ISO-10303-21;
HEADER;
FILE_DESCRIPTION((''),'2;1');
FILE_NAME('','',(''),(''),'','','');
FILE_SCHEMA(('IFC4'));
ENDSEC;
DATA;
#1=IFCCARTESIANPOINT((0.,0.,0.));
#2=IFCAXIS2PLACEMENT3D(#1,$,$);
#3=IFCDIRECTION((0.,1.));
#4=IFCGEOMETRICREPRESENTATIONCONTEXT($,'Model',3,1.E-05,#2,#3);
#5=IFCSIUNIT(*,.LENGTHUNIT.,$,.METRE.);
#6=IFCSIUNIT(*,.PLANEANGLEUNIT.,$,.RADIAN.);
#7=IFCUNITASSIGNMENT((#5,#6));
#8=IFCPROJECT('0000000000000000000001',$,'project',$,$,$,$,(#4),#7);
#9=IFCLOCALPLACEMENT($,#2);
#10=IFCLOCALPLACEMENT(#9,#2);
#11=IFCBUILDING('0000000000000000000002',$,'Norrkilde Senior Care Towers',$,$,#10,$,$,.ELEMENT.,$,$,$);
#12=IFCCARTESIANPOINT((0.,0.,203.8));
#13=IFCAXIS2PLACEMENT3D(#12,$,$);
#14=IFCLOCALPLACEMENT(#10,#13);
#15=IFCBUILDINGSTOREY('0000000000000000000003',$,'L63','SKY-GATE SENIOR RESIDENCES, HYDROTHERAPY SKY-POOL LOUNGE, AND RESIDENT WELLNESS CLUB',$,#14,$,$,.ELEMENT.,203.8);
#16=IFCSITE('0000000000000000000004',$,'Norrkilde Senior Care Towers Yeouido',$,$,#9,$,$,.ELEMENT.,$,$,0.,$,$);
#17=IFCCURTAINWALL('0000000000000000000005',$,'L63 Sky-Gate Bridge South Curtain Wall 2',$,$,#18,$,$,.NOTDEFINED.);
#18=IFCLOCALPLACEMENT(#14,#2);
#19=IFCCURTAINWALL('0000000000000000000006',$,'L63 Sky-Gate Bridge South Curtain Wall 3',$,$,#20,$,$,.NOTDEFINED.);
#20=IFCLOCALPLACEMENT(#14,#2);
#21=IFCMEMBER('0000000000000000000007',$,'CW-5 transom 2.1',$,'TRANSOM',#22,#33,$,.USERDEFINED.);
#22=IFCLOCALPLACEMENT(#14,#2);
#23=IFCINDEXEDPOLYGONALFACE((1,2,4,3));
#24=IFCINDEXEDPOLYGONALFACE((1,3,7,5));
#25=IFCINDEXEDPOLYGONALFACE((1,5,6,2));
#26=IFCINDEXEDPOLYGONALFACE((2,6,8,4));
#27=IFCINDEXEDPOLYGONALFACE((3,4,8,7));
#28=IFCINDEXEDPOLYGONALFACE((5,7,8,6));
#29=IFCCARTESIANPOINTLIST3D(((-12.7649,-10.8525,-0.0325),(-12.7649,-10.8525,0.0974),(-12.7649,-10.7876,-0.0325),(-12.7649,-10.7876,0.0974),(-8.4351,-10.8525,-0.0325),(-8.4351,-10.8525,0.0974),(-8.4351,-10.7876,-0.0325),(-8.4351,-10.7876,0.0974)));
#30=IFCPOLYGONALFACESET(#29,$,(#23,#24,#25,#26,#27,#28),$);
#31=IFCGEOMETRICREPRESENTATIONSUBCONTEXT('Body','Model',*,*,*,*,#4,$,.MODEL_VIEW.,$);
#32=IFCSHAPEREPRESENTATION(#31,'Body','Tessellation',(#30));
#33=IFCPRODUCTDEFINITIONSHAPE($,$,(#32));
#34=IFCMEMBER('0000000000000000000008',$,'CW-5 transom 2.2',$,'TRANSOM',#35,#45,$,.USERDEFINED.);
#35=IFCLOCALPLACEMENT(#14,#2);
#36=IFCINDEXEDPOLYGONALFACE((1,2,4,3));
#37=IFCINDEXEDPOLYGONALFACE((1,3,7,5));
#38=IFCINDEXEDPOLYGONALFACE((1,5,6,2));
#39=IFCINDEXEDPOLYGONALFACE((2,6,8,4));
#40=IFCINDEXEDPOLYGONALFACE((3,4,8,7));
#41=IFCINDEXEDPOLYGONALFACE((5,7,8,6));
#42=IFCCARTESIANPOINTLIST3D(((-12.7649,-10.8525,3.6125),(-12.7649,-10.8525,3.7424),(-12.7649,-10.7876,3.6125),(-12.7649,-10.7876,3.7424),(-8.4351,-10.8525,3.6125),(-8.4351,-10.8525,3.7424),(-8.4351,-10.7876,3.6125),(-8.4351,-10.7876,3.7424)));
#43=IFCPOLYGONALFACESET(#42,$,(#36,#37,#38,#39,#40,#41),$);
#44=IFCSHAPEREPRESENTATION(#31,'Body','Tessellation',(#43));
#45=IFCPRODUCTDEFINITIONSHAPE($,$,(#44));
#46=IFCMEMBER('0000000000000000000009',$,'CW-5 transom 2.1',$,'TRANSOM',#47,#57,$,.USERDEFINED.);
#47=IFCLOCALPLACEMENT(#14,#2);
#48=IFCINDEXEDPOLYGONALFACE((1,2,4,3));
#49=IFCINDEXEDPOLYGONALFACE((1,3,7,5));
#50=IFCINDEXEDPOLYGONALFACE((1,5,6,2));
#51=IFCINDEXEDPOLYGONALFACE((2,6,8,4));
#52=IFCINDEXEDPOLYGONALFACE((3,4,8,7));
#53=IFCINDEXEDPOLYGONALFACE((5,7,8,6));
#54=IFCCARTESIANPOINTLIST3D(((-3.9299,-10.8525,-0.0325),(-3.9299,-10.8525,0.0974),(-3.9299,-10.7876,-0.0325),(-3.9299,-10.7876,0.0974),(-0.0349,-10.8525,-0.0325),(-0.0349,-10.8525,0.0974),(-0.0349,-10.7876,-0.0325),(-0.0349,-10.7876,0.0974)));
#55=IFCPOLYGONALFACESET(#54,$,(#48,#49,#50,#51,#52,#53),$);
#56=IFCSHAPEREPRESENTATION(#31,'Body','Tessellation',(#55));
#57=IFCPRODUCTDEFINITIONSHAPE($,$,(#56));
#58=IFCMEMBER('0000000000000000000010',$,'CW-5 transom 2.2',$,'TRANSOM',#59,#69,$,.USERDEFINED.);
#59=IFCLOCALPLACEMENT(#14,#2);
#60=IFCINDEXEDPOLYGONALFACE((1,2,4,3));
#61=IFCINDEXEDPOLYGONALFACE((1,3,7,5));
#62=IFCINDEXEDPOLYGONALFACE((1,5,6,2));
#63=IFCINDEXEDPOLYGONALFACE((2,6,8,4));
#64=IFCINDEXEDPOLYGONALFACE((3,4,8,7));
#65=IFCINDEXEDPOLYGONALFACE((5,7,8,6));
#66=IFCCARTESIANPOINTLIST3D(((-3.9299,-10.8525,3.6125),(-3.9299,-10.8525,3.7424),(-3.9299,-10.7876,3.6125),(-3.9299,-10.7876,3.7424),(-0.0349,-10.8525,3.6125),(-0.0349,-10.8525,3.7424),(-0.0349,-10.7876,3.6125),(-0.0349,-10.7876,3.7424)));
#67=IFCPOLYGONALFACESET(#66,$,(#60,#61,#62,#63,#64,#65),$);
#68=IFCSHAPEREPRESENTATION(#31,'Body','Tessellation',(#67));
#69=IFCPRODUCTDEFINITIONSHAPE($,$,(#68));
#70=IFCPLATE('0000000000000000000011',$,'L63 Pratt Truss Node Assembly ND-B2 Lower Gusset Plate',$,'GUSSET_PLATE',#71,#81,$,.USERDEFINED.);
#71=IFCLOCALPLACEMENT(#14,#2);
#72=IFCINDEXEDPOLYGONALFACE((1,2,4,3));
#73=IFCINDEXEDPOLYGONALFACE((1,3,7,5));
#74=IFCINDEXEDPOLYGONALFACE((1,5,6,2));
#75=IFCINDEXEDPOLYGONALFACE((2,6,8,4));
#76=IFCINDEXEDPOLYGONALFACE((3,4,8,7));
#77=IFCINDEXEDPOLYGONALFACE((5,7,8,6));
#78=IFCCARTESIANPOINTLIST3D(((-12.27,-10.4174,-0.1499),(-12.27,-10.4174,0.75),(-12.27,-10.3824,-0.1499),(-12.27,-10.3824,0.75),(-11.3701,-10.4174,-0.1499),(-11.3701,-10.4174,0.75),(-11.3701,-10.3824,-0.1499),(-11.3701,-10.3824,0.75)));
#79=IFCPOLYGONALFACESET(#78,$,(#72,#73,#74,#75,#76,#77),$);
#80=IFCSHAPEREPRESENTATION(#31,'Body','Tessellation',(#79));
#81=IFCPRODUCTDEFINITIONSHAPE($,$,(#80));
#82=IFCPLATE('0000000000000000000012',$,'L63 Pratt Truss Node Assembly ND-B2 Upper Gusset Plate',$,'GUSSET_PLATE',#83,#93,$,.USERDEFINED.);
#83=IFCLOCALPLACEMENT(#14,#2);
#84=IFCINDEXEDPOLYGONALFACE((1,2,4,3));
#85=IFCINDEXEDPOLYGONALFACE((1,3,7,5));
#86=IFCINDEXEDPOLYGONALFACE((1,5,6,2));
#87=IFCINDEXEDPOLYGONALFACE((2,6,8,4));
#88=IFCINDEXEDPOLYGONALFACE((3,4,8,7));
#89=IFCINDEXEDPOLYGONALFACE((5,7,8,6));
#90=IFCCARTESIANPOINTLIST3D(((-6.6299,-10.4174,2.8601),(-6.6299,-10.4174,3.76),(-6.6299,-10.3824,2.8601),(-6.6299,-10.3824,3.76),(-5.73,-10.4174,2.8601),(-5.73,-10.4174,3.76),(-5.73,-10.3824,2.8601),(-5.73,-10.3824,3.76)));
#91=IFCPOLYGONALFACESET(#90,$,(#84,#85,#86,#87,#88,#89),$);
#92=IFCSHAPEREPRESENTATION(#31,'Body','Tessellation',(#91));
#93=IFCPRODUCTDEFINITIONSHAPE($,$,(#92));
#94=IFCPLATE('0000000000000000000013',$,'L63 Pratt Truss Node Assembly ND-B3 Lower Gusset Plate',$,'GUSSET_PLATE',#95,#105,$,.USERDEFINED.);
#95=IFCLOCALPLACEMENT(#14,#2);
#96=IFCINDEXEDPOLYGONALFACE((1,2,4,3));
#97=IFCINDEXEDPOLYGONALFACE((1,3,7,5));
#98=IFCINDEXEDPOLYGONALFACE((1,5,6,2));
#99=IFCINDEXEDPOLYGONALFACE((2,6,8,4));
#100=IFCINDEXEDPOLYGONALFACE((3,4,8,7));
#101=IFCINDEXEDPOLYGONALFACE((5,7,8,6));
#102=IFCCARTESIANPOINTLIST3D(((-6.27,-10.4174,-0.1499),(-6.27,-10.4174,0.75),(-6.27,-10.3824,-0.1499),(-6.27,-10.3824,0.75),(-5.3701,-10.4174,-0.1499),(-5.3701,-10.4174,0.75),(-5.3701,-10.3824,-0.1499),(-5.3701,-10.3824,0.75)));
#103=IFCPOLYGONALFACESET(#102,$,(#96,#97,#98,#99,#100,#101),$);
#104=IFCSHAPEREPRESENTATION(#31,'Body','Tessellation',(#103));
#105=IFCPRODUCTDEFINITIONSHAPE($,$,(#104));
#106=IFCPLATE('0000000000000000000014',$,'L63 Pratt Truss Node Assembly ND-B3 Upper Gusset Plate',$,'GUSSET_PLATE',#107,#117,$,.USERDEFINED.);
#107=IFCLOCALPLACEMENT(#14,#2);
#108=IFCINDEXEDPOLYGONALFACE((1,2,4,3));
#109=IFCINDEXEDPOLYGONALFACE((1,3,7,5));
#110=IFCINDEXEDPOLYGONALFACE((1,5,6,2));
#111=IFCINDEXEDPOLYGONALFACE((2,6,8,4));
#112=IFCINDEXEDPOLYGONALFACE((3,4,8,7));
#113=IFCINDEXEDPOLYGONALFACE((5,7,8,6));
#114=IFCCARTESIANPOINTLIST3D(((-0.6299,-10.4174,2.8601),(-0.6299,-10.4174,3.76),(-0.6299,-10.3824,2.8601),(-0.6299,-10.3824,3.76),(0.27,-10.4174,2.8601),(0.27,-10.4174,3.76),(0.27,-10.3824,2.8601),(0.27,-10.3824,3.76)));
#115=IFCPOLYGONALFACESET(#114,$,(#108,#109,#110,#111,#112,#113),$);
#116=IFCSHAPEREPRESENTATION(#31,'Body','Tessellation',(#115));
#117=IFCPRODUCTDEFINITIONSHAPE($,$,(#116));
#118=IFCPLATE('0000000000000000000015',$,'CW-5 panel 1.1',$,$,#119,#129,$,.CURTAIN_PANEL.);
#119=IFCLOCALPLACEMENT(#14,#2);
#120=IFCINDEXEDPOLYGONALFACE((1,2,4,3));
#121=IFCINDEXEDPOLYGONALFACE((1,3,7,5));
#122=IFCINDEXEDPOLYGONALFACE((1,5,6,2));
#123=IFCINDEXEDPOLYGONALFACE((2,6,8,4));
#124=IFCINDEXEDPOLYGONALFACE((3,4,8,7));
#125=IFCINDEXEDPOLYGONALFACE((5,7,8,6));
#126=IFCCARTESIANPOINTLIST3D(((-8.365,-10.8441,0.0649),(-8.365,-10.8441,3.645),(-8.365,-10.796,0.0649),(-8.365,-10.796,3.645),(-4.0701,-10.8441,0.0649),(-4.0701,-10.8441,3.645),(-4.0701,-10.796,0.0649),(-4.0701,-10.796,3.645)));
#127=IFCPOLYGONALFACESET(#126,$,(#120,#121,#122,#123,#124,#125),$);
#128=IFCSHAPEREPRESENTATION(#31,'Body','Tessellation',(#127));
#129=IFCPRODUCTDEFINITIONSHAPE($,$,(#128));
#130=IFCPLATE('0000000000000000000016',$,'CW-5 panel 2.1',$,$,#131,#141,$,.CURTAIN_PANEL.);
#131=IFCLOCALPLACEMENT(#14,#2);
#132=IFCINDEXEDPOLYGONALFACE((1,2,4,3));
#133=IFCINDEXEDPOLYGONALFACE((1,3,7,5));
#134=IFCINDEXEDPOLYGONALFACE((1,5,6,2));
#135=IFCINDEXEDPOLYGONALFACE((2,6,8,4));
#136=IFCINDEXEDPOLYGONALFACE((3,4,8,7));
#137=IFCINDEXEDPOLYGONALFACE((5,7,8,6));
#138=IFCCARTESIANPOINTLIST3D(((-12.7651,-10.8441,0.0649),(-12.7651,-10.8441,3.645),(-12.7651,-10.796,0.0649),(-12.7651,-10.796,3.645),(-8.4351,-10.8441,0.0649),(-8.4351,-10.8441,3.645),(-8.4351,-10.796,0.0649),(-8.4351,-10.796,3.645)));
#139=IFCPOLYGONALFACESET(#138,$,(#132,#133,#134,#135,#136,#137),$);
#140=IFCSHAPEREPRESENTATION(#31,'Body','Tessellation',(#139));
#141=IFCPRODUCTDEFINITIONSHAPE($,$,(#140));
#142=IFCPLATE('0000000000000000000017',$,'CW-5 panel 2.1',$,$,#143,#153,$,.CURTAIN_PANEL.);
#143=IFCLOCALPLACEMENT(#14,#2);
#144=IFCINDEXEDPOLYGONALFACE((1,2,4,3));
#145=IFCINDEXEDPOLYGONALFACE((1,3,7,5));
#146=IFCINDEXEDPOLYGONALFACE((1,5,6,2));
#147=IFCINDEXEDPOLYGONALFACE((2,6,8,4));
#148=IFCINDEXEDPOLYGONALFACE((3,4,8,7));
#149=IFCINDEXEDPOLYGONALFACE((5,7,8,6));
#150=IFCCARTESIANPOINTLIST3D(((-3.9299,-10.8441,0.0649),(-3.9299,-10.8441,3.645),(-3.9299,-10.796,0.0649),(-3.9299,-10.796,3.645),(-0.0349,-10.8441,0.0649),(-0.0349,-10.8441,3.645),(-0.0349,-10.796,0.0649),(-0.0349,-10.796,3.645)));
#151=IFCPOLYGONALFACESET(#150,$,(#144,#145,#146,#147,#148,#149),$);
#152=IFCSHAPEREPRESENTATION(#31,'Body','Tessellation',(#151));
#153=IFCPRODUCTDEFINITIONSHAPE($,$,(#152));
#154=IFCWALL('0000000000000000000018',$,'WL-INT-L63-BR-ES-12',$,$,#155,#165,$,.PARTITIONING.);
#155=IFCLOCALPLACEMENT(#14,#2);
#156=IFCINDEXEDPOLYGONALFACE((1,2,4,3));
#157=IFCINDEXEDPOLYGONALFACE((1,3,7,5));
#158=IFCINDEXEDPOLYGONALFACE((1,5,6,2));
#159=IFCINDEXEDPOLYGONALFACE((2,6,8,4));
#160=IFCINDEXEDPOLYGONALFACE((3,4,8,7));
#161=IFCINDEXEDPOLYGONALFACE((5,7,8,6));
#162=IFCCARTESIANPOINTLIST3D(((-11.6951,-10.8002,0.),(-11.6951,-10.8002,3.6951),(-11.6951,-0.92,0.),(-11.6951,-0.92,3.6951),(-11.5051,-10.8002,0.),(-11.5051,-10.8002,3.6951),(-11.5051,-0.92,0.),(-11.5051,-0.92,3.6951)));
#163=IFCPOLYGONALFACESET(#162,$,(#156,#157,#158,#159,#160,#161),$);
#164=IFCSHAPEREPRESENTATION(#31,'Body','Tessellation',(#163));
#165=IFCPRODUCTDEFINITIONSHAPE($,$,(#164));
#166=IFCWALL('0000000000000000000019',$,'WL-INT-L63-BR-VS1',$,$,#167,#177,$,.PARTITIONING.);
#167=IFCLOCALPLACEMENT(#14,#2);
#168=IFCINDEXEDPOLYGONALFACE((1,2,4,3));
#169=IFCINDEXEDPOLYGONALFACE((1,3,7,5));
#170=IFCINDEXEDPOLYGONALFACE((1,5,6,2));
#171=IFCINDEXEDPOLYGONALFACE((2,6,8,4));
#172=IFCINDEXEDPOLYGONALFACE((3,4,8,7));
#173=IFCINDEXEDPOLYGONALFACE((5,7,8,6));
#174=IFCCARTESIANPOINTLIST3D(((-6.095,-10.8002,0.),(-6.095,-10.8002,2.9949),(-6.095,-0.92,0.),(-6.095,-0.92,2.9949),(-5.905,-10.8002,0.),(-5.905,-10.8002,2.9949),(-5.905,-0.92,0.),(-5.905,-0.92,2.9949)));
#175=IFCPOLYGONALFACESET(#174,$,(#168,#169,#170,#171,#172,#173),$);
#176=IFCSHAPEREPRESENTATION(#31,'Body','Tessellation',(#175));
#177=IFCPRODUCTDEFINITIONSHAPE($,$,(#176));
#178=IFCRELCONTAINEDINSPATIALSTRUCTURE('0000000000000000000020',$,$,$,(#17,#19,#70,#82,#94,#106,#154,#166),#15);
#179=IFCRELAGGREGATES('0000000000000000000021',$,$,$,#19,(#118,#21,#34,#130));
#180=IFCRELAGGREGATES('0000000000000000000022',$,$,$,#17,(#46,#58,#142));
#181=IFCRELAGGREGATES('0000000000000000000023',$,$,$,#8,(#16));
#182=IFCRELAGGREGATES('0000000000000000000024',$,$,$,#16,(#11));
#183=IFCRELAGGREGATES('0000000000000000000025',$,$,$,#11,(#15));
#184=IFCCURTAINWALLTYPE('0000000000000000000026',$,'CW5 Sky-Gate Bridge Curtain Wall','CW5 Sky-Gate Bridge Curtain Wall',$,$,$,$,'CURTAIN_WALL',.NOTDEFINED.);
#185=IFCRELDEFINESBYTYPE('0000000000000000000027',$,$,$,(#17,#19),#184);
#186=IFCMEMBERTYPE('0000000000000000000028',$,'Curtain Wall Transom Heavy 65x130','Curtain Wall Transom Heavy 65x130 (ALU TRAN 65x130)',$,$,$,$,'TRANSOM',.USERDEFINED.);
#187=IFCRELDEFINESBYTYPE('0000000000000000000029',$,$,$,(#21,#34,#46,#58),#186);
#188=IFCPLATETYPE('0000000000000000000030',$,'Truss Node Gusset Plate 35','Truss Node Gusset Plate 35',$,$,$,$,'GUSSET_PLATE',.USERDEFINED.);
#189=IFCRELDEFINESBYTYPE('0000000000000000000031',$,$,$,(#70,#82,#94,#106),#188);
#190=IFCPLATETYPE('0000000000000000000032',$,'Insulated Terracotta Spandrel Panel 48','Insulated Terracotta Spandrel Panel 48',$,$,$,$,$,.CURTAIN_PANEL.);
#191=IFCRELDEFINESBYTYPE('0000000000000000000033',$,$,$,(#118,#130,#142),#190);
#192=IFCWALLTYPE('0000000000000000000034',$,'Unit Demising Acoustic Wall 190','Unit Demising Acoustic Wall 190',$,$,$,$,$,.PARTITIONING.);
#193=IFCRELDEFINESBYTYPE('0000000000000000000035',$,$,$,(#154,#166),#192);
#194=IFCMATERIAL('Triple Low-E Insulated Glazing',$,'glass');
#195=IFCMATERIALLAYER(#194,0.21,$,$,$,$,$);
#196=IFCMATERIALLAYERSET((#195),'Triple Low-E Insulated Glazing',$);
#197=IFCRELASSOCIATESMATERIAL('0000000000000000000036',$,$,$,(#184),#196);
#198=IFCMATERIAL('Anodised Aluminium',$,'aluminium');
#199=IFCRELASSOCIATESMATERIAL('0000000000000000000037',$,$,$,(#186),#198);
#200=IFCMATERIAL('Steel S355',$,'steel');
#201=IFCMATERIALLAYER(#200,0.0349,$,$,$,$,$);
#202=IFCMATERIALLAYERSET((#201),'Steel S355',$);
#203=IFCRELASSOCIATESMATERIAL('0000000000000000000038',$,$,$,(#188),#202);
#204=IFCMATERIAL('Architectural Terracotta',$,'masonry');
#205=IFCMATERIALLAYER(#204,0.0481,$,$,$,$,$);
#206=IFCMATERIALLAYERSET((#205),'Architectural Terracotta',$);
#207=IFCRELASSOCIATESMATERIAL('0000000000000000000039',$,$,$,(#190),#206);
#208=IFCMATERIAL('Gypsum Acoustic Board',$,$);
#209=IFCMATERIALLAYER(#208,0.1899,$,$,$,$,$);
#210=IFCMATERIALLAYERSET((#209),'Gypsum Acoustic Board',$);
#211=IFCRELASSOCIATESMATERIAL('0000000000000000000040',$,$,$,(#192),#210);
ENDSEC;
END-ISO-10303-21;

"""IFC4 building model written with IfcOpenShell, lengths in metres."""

from ifc_helpers import new_model, si_unit, direction, frame, frame_2d, origin, origin_2d, place, context, subcontext, project, spatial, rectangle, extrude, source, transform, mapped, material, layer, layer_set, material_profile, profile_set, type_object, type_shapes, element, aggregate, save


model = new_model("IFC4")

# Units and contexts
model_context = context("Model", 3, precision=1e-05, world=origin(), true_north=direction((0.0, 1.0)))
body_context = subcontext(model_context, "Body", "Model", "MODEL_VIEW")
ifc_project = project(units=[si_unit("LENGTHUNIT", "METRE"), si_unit("PLANEANGLEUNIT", "RADIAN")], contexts=[model_context])

# Site, building, storey
site_placement = place(None, origin())
site = spatial("IfcSite", under=ifc_project, at=site_placement, Name="Norrkilde Senior Care Towers Yeouido", CompositionType="ELEMENT", RefElevation=0.0)
building_placement = place(site_placement, origin())
building = spatial("IfcBuilding", under=site, at=building_placement, Name="Norrkilde Senior Care Towers", CompositionType="ELEMENT")
storey_placement = place(building_placement, frame((0.0, 0.0, 203.8)))
storey = spatial("IfcBuildingStorey", under=building, at=storey_placement, Name="L63", Description="SKY-GATE SENIOR RESIDENCES, HYDROTHERAPY SKY-POOL LOUNGE, AND RESIDENT WELLNESS CLUB", CompositionType="ELEMENT", Elevation=203.8)

# Shared definitions
ifc_material_1 = material(Name="Steel S355", Category="steel")

# Curtain walls, members
ifc_material_2 = material(Name="Triple Low-E Insulated Glazing", Category="glass")
ifc_layer_1 = layer(ifc_material_2, 0.21)
ifc_layer_set_1 = layer_set([ifc_layer_1], Name="Triple Low-E Insulated Glazing")
curtain_wall_type = type_object("IfcCurtainWallType", Name="CW5 Sky-Gate Bridge Curtain Wall", Description="CW5 Sky-Gate Bridge Curtain Wall", ElementType="CURTAIN_WALL", PredefinedType="NOTDEFINED", material=ifc_layer_set_1)
curtain_wall_1_placement = place(storey_placement, origin())
curtain_wall_1 = element("IfcCurtainWall", 1, at=curtain_wall_1_placement, inside=storey, type_object=curtain_wall_type, Name="L63 Sky-Gate Bridge South Curtain Wall 2", PredefinedType="NOTDEFINED")
ifc_material_3 = material(Name="Anodised Aluminium", Category="aluminium")
curtain_wall_2_placement = place(storey_placement, origin())
curtain_wall_2 = element("IfcCurtainWall", 2, at=curtain_wall_2_placement, inside=storey, type_object=curtain_wall_type, Name="L63 Sky-Gate Bridge South Curtain Wall 3", PredefinedType="NOTDEFINED")
ifc_material_profile_1 = material_profile(ifc_material_3, rectangle(XDim=0.0649, YDim=0.1299, at=origin_2d()), Name="ALU TRAN 65x130")
ifc_profile_set_1 = profile_set([ifc_material_profile_1], Name="Anodised Aluminium")
member_type_1 = type_object("IfcMemberType", Name="Curtain Wall Transom Heavy 65x130", Description="Curtain Wall Transom Heavy 65x130 (ALU TRAN 65x130)", ElementType="TRANSOM", PredefinedType="USERDEFINED", material=ifc_profile_set_1)
shared_shape_1 = source(origin(), body_context, "Body", "SweptSolid", [
    extrude(rectangle(XDim=0.0649, YDim=0.1299, at=origin_2d()), origin(), (0.0, 0.0, 1.0), 4.3298),
])
member_1_placement = place(storey_placement, frame((-8.4351, -10.8201, 0.0325), z_axis=(-1.0, 0.0, 0.0), x_axis=(0.0, -1.0, 0.0)))
member_1 = element("IfcMember", 3, at=member_1_placement, type_object=member_type_1, Name="CW-5 transom 2.1", ObjectType="TRANSOM", PredefinedType="USERDEFINED", context=body_context, shape_type="MappedRepresentation", body=[
    mapped(shared_shape_1, transform((0.0, 0.0, 0.0), x_axis=(1.0, 0.0, 0.0), y_axis=(0.0, 1.0, 0.0), z_axis=(0.0, 0.0, 1.0), scale=1.0)),
])
member_2_placement = place(storey_placement, frame((-8.4351, -10.8201, 3.6775), z_axis=(-1.0, 0.0, 0.0), x_axis=(0.0, -1.0, 0.0)))
member_2 = element("IfcMember", 4, at=member_2_placement, type_object=member_type_1, Name="CW-5 transom 2.2", ObjectType="TRANSOM", PredefinedType="USERDEFINED", context=body_context, shape_type="MappedRepresentation", body=[
    mapped(shared_shape_1, transform((0.0, 0.0, 0.0), x_axis=(1.0, 0.0, 0.0), y_axis=(0.0, 1.0, 0.0), z_axis=(0.0, 0.0, 1.0), scale=1.0)),
])

# Members
shared_shape_2 = source(origin(), body_context, "Body", "SweptSolid", [
    extrude(rectangle(XDim=0.0649, YDim=0.1299, at=origin_2d()), origin(), (0.0, 0.0, 1.0), 3.895),
])
member_3_placement = place(storey_placement, frame((-0.0349, -10.8201, 0.0325), z_axis=(-1.0, 0.0, 0.0), x_axis=(0.0, -1.0, 0.0)))
member_3 = element("IfcMember", 5, at=member_3_placement, type_object=member_type_1, Name="CW-5 transom 2.1", ObjectType="TRANSOM", PredefinedType="USERDEFINED", context=body_context, shape_type="MappedRepresentation", body=[
    mapped(shared_shape_2, transform((0.0, 0.0, 0.0), x_axis=(1.0, 0.0, 0.0), y_axis=(0.0, 1.0, 0.0), z_axis=(0.0, 0.0, 1.0), scale=1.0)),
])
member_4_placement = place(storey_placement, frame((-0.0349, -10.8201, 3.6775), z_axis=(-1.0, 0.0, 0.0), x_axis=(0.0, -1.0, 0.0)))
member_4 = element("IfcMember", 6, at=member_4_placement, type_object=member_type_1, Name="CW-5 transom 2.2", ObjectType="TRANSOM", PredefinedType="USERDEFINED", context=body_context, shape_type="MappedRepresentation", body=[
    mapped(shared_shape_2, transform((0.0, 0.0, 0.0), x_axis=(1.0, 0.0, 0.0), y_axis=(0.0, 1.0, 0.0), z_axis=(0.0, 0.0, 1.0), scale=1.0)),
])

# Plates
ifc_layer_2 = layer(ifc_material_1, 0.0349)
ifc_layer_set_2 = layer_set([ifc_layer_2], Name="Steel S355")
plate_type_1 = type_object("IfcPlateType", Name="Truss Node Gusset Plate 35", Description="Truss Node Gusset Plate 35", ElementType="GUSSET_PLATE", PredefinedType="USERDEFINED", material=ifc_layer_set_2)
shared_shape_3 = source(origin(), body_context, "Body", "SweptSolid", [
    extrude(rectangle(XDim=0.8999, YDim=0.0349, at=origin_2d()), origin(), (0.0, 0.0, 1.0), 0.8999),
])
type_shapes(plate_type_1, [shared_shape_3])
for number, where, z_axis, x_axis, name in (
    (7, (-11.8201, -10.3999, -0.1499), (0.0, 0.0, 1.0), (1.0, 0.0, 0.0), "L63 Pratt Truss Node Assembly ND-B2 Lower Gusset Plate"),
    (8, (-6.1799, -10.3999, 2.8601), (0.0, 0.0, 1.0), (1.0, 0.0, 0.0), "L63 Pratt Truss Node Assembly ND-B2 Upper Gusset Plate"),
    (9, (-5.8201, -10.3999, -0.1499), (0.0, 0.0, 1.0), (1.0, 0.0, 0.0), "L63 Pratt Truss Node Assembly ND-B3 Lower Gusset Plate"),
    (10, (-0.1799, -10.3999, 2.8601), (0.0, 0.0, 1.0), (1.0, 0.0, 0.0), "L63 Pratt Truss Node Assembly ND-B3 Upper Gusset Plate"),
):
    element("IfcPlate", number, at=place(storey_placement, frame(where, z_axis=z_axis, x_axis=x_axis)), inside=storey, type_object=plate_type_1, Name=name, ObjectType="GUSSET_PLATE", PredefinedType="USERDEFINED", context=body_context, shape_type="MappedRepresentation", body=[
        mapped(shared_shape_3, transform((0.0, 0.0, 0.0), x_axis=(1.0, 0.0, 0.0), y_axis=(0.0, 1.0, 0.0), z_axis=(0.0, 0.0, 1.0), scale=1.0)),
    ])

# Plates
ifc_material_4 = material(Name="Architectural Terracotta", Category="masonry")
ifc_layer_3 = layer(ifc_material_4, 0.0481)
ifc_layer_set_3 = layer_set([ifc_layer_3], Name="Architectural Terracotta")
plate_type_2 = type_object("IfcPlateType", Name="Insulated Terracotta Spandrel Panel 48", Description="Insulated Terracotta Spandrel Panel 48", PredefinedType="CURTAIN_PANEL", material=ifc_layer_set_3)
shared_shape_4 = source(origin(), body_context, "Body", "SweptSolid", [
    extrude(rectangle(XDim=4.2949, YDim=0.0481, at=origin_2d()), origin(), (0.0, 0.0, 1.0), 3.5801),
])
plate_1_placement = place(storey_placement, frame((-6.2175, -10.8201, 0.0649), z_axis=(0.0, 0.0, 1.0), x_axis=(-1.0, 0.0, 0.0)))
plate_1 = element("IfcPlate", 11, at=plate_1_placement, type_object=plate_type_2, Name="CW-5 panel 1.1", PredefinedType="CURTAIN_PANEL", context=body_context, shape_type="MappedRepresentation", body=[
    mapped(shared_shape_4, transform((0.0, 0.0, 0.0), x_axis=(1.0, 0.0, 0.0), y_axis=(0.0, 1.0, 0.0), z_axis=(0.0, 0.0, 1.0), scale=1.0)),
])
shared_shape_5 = source(origin(), body_context, "Body", "SweptSolid", [
    extrude(rectangle(XDim=4.3301, YDim=0.0481, at=origin_2d()), origin(), (0.0, 0.0, 1.0), 3.5801),
])
plate_2_placement = place(storey_placement, frame((-10.6001, -10.8201, 0.0649), z_axis=(0.0, 0.0, 1.0), x_axis=(-1.0, 0.0, 0.0)))
plate_2 = element("IfcPlate", 12, at=plate_2_placement, type_object=plate_type_2, Name="CW-5 panel 2.1", PredefinedType="CURTAIN_PANEL", context=body_context, shape_type="MappedRepresentation", body=[
    mapped(shared_shape_5, transform((0.0, 0.0, 0.0), x_axis=(1.0, 0.0, 0.0), y_axis=(0.0, 1.0, 0.0), z_axis=(0.0, 0.0, 1.0), scale=1.0)),
])
aggregate(curtain_wall_2, [plate_1, member_1, member_2, plate_2])
shared_shape_6 = source(origin(), body_context, "Body", "SweptSolid", [
    extrude(rectangle(XDim=3.895, YDim=0.0481, at=origin_2d()), origin(), (0.0, 0.0, 1.0), 3.5801),
])
type_shapes(plate_type_2, [shared_shape_4, shared_shape_5, shared_shape_6])
plate_3_placement = place(storey_placement, frame((-1.9824, -10.8201, 0.0649), z_axis=(0.0, 0.0, 1.0), x_axis=(-1.0, 0.0, 0.0)))
plate_3 = element("IfcPlate", 13, at=plate_3_placement, type_object=plate_type_2, Name="CW-5 panel 2.1", PredefinedType="CURTAIN_PANEL", context=body_context, shape_type="MappedRepresentation", body=[
    mapped(shared_shape_6, transform((0.0, 0.0, 0.0), x_axis=(1.0, 0.0, 0.0), y_axis=(0.0, 1.0, 0.0), z_axis=(0.0, 0.0, 1.0), scale=1.0)),
])
aggregate(curtain_wall_1, [member_3, member_4, plate_3])

# Shared definitions
ifc_material_5 = material(Name="Gypsum Acoustic Board")

# Walls
ifc_layer_4 = layer(ifc_material_5, 0.1899)
ifc_layer_set_4 = layer_set([ifc_layer_4], Name="Gypsum Acoustic Board")
wall_type_1 = type_object("IfcWallType", Name="Unit Demising Acoustic Wall 190", Description="Unit Demising Acoustic Wall 190", PredefinedType="PARTITIONING", material=ifc_layer_set_4)
shared_shape_7 = source(origin(), body_context, "Body", "SweptSolid", [
    extrude(rectangle(XDim=9.8801, YDim=0.1899, at=frame_2d((4.9399, 0.0))), origin(), (0.0, 0.0, 1.0), 3.6951),
])
wall_1_placement = place(storey_placement, frame((-11.6001, -10.8, 0.0), z_axis=(0.0, 0.0, 1.0), x_axis=(0.0, 1.0, 0.0)))
element("IfcWall", 14, at=wall_1_placement, inside=storey, type_object=wall_type_1, Name="WL-INT-L63-BR-ES-12", PredefinedType="PARTITIONING", context=body_context, shape_type="MappedRepresentation", body=[
    mapped(shared_shape_7, transform((0.0, 0.0, 0.0), x_axis=(1.0, 0.0, 0.0), y_axis=(0.0, 1.0, 0.0), z_axis=(0.0, 0.0, 1.0), scale=1.0)),
])
shared_shape_8 = source(origin(), body_context, "Body", "SweptSolid", [
    extrude(rectangle(XDim=9.8801, YDim=0.1899, at=frame_2d((4.9399, 0.0))), origin(), (0.0, 0.0, 1.0), 2.9949),
])
type_shapes(wall_type_1, [shared_shape_7, shared_shape_8])
wall_2_placement = place(storey_placement, frame((-6.0, -10.8, 0.0), z_axis=(0.0, 0.0, 1.0), x_axis=(0.0, 1.0, 0.0)))
element("IfcWall", 15, at=wall_2_placement, inside=storey, type_object=wall_type_1, Name="WL-INT-L63-BR-VS1", PredefinedType="PARTITIONING", context=body_context, shape_type="MappedRepresentation", body=[
    mapped(shared_shape_8, transform((0.0, 0.0, 0.0), x_axis=(1.0, 0.0, 0.0), y_axis=(0.0, 1.0, 0.0), z_axis=(0.0, 0.0, 1.0), scale=1.0)),
])

save(model, "model.ifc")
